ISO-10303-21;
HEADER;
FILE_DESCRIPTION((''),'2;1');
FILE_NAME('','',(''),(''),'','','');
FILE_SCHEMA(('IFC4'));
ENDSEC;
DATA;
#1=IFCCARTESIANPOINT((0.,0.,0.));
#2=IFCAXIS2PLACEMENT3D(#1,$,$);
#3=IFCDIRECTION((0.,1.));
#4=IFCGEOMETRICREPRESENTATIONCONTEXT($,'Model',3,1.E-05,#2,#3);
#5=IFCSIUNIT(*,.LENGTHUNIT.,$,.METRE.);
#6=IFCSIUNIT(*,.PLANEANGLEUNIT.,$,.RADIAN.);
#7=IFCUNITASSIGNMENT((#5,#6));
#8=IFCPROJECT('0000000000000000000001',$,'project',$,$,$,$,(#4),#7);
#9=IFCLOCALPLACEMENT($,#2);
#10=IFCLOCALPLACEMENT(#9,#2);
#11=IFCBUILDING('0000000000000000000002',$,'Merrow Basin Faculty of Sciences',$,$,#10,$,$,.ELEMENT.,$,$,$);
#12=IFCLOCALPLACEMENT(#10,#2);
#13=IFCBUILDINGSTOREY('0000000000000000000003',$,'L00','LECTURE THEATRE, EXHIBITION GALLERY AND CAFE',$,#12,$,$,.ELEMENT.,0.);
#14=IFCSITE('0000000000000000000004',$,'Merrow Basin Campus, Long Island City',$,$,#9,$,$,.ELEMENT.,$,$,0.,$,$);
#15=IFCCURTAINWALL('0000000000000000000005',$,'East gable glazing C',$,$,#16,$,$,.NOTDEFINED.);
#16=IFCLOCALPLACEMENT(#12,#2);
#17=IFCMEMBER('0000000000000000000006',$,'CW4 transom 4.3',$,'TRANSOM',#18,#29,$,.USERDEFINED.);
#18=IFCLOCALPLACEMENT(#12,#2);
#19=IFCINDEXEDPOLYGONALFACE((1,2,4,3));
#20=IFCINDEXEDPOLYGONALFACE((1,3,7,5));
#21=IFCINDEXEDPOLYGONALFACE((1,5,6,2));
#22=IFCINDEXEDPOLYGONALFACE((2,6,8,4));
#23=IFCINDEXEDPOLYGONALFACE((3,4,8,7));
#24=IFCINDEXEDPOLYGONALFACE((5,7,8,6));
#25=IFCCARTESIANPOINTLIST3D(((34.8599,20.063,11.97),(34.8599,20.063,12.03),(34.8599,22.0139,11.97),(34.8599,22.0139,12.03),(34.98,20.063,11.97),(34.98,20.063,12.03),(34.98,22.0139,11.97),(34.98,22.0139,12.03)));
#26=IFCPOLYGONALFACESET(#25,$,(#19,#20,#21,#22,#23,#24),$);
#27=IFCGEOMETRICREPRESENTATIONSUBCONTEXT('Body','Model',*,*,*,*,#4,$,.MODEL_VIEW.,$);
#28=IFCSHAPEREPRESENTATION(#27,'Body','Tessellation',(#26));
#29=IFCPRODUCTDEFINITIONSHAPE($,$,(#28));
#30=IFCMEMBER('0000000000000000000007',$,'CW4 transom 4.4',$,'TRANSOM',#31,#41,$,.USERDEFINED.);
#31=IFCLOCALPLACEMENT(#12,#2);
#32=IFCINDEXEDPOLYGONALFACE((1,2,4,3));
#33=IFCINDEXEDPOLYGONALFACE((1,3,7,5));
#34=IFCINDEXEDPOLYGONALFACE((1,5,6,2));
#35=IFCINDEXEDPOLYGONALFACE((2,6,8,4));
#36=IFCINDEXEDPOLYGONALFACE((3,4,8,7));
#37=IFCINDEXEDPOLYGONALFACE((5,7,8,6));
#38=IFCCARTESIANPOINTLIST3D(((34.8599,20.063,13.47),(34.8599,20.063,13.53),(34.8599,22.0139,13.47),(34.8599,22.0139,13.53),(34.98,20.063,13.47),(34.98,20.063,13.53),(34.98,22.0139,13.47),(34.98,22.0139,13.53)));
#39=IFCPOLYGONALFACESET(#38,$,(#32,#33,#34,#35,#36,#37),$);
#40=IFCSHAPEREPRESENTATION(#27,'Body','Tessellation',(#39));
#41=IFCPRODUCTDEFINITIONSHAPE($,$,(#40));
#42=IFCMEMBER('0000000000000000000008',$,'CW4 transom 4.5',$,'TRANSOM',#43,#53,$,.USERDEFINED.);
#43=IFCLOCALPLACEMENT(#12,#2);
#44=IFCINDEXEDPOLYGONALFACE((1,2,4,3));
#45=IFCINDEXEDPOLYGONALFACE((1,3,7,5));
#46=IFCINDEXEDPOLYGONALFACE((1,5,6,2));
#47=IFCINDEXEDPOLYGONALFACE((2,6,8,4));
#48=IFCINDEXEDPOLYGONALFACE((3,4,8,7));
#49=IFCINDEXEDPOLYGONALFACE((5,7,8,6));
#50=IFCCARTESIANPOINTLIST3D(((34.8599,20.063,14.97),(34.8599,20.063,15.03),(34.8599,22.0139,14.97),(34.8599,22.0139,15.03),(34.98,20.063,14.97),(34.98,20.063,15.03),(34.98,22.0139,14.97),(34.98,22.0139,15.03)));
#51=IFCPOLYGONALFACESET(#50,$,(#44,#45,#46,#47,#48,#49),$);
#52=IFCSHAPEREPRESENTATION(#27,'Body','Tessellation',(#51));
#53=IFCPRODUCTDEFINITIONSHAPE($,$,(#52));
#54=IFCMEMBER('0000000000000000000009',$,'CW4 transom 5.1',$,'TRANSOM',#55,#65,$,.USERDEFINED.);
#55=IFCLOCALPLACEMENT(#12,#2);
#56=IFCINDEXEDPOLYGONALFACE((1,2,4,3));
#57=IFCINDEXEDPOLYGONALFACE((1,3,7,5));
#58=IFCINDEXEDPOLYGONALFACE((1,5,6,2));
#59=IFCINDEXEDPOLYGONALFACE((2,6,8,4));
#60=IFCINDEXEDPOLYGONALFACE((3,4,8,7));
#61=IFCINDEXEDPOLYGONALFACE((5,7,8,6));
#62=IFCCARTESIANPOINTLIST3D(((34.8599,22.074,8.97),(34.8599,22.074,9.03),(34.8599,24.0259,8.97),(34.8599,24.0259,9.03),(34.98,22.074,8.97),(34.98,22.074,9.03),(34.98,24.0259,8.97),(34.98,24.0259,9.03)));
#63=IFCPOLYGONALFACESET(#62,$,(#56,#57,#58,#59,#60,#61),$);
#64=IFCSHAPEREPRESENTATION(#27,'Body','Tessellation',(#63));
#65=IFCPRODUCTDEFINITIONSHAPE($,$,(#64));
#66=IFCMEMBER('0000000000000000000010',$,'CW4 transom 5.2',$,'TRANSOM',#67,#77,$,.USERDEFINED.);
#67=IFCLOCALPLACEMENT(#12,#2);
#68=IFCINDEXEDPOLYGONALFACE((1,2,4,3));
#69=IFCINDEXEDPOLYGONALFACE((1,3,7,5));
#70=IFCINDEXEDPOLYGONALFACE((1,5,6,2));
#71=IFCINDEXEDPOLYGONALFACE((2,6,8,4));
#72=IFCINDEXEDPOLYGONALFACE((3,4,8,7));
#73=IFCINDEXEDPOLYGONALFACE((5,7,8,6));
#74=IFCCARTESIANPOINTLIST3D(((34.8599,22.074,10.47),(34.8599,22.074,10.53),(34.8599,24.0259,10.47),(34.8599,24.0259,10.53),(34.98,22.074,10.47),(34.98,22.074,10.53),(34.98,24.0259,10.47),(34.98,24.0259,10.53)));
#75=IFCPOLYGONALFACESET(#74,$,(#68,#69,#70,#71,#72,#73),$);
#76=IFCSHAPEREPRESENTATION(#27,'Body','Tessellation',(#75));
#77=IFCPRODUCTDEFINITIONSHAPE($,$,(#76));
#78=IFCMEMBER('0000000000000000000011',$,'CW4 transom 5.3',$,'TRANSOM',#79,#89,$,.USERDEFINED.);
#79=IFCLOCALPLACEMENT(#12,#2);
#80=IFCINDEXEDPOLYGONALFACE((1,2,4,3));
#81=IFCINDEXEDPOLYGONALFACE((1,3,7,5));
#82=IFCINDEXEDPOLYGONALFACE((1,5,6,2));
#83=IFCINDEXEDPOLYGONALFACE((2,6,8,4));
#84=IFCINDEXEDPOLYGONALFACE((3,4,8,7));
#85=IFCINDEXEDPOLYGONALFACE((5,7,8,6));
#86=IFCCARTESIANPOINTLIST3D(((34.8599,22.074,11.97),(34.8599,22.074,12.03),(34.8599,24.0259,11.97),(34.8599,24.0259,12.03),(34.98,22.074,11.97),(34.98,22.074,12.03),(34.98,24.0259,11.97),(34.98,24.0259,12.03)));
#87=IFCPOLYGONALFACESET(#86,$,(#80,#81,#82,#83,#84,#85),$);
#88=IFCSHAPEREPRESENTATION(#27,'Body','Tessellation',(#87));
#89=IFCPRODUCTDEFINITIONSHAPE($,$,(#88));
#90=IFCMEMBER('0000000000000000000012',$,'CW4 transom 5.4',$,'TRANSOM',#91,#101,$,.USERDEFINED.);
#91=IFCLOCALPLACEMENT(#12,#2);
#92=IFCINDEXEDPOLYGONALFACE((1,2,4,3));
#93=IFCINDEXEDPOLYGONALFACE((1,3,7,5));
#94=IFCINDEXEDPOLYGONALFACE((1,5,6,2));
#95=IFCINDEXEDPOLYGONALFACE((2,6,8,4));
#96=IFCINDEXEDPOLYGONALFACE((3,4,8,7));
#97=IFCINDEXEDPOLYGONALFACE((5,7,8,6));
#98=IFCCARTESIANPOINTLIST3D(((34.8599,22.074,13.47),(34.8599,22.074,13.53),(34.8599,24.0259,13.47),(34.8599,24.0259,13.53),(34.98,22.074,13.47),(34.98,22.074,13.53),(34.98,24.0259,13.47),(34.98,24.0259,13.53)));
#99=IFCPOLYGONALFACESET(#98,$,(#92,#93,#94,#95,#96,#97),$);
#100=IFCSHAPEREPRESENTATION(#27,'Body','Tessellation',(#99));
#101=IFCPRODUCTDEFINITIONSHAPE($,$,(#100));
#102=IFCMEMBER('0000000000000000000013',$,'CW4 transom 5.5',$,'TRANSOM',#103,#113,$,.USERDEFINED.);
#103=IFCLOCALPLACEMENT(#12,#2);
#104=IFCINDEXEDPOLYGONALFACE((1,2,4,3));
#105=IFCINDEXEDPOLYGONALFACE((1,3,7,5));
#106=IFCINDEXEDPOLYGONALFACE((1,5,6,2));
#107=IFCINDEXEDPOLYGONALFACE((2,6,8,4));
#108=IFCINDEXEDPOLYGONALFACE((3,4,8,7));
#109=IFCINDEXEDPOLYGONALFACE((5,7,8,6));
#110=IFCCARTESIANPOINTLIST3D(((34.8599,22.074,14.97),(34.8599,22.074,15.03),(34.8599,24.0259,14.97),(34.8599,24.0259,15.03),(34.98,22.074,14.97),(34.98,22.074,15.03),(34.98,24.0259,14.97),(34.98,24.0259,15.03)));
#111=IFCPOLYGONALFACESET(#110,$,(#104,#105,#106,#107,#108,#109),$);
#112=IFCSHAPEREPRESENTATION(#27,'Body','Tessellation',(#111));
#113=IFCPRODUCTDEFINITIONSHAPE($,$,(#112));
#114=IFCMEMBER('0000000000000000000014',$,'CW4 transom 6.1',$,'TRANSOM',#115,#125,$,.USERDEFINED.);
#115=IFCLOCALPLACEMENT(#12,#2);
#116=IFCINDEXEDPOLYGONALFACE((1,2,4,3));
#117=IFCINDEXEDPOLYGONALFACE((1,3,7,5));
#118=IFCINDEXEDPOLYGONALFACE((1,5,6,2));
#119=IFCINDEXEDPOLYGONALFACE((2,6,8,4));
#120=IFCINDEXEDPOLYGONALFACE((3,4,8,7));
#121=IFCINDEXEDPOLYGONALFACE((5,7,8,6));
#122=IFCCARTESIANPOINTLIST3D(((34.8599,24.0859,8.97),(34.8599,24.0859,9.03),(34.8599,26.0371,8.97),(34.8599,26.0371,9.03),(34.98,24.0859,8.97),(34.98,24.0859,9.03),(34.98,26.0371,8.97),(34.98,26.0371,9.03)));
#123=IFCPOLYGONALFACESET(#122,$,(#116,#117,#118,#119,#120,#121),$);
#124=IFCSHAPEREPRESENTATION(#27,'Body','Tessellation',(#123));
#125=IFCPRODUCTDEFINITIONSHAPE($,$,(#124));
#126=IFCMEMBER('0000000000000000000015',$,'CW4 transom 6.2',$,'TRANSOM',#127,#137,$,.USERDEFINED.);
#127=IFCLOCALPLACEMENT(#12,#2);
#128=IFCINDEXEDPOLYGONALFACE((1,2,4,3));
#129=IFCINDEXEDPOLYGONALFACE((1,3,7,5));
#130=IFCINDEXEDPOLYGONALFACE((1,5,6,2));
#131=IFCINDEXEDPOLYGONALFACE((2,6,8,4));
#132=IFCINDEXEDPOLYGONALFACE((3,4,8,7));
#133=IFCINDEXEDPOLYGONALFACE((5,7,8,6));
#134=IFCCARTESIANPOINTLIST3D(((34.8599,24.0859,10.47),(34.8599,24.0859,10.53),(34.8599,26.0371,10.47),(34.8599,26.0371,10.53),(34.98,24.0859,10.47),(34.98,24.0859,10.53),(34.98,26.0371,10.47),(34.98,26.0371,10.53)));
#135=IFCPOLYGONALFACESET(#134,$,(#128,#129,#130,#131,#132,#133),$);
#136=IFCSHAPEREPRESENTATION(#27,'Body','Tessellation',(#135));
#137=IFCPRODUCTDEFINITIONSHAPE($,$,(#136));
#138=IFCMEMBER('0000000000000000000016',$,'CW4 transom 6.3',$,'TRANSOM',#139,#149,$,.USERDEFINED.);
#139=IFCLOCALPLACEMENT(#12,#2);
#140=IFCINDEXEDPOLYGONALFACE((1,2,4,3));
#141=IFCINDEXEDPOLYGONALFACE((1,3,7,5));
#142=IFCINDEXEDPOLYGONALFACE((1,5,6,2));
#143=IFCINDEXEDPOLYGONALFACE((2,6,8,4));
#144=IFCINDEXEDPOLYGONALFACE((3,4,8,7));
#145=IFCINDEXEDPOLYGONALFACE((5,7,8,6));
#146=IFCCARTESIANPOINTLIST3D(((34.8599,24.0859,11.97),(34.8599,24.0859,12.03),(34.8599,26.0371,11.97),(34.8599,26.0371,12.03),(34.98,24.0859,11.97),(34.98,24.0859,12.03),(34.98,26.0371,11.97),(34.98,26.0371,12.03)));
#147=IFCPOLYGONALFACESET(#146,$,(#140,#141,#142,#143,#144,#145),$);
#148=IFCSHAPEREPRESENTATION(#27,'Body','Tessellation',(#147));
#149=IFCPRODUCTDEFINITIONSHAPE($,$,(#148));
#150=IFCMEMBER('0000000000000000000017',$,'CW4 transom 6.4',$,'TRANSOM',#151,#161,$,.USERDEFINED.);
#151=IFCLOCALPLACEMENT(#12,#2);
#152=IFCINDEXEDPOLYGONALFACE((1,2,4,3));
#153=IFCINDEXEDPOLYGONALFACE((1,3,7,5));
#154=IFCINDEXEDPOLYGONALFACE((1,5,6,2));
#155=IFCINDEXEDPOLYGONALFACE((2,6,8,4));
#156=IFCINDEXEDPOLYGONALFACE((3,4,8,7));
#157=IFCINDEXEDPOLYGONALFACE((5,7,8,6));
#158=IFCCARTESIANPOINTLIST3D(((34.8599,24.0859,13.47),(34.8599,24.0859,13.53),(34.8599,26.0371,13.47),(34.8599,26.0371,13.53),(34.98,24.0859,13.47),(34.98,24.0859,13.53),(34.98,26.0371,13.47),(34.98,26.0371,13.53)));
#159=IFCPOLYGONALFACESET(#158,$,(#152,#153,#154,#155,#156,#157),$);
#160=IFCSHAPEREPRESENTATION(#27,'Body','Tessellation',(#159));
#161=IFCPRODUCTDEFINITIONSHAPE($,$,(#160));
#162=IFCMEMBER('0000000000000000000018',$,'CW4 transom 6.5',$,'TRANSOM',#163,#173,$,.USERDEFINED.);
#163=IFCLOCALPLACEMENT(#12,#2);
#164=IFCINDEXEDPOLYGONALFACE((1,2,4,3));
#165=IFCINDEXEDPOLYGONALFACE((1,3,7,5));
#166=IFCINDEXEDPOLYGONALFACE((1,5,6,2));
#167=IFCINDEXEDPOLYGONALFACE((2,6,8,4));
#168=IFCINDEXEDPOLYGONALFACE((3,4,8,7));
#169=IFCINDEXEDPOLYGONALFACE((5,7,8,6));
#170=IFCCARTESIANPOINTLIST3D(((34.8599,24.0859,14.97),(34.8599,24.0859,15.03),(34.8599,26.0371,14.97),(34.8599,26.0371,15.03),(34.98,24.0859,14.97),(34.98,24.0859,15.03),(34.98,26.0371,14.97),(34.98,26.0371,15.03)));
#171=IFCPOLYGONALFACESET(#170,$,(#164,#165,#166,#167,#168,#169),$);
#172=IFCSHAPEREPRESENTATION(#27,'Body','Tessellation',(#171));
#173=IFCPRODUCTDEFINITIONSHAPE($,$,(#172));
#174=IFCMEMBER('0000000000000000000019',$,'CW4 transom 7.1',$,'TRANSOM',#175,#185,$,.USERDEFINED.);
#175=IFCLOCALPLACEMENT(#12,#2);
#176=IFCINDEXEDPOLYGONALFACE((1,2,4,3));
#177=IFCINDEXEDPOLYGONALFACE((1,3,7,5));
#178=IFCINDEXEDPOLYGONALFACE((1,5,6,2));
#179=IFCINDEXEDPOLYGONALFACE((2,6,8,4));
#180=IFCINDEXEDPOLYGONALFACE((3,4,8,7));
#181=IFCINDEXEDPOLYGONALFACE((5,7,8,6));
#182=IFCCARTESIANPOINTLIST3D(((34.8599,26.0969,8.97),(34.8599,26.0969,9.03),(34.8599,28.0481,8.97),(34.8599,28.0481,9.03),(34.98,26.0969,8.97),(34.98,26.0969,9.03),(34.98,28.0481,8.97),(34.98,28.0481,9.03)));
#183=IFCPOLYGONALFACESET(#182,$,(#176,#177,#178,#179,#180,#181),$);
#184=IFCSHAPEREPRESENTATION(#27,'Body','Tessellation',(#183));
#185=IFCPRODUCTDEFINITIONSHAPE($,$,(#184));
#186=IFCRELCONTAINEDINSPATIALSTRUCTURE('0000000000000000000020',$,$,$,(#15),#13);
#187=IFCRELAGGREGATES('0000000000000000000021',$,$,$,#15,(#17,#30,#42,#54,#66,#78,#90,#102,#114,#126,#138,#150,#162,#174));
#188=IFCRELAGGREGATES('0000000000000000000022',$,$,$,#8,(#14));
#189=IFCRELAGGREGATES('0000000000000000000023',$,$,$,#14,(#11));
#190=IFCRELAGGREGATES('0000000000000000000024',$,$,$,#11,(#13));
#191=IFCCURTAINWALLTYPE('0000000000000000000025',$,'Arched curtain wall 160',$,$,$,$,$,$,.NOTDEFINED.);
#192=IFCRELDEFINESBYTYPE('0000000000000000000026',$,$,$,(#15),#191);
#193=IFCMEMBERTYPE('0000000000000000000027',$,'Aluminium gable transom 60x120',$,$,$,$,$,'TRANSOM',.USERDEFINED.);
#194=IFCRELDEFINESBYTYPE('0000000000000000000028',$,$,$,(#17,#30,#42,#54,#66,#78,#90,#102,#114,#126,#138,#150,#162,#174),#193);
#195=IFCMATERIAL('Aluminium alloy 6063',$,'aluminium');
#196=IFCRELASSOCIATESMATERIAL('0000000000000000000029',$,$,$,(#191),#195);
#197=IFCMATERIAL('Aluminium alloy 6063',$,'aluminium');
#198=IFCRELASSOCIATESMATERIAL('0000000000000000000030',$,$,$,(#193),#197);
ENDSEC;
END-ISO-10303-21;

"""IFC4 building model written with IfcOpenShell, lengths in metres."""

from ifc_helpers import new_model, si_unit, direction, frame, origin, origin_2d, place, context, subcontext, project, spatial, rectangle, extrude, material, material_profile, profile_set, type_object, element, aggregate, save


model = new_model("IFC4")

# Units and contexts
model_context = context("Model", 3, precision=1e-05, world=origin(), true_north=direction((0.0, 1.0)))
body_context = subcontext(model_context, "Body", "Model", "MODEL_VIEW")
ifc_project = project(units=[si_unit("LENGTHUNIT", "METRE"), si_unit("PLANEANGLEUNIT", "RADIAN")], contexts=[model_context])

# Site, building, storey
site_placement = place(None, origin())
site = spatial("IfcSite", under=ifc_project, at=site_placement, Name="Merrow Basin Campus, Long Island City", CompositionType="ELEMENT", RefElevation=0.0)
building_placement = place(site_placement, origin())
building = spatial("IfcBuilding", under=site, at=building_placement, Name="Merrow Basin Faculty of Sciences", CompositionType="ELEMENT")
storey_placement = place(building_placement, origin())
storey = spatial("IfcBuildingStorey", under=building, at=storey_placement, Name="L00", Description="LECTURE THEATRE, EXHIBITION GALLERY AND CAFE", CompositionType="ELEMENT", Elevation=0.0)

# Curtain wall, members
ifc_material_1 = material(Name="Aluminium alloy 6063", Category="aluminium")
curtain_wall_type = type_object("IfcCurtainWallType", Name="Arched curtain wall 160", PredefinedType="NOTDEFINED", material=ifc_material_1)
curtain_wall_placement = place(storey_placement, origin())
curtain_wall = element("IfcCurtainWall", 1, at=curtain_wall_placement, inside=storey, type_object=curtain_wall_type, Name="East gable glazing C", PredefinedType="NOTDEFINED")
ifc_material_2 = material(Name="Aluminium alloy 6063", Category="aluminium")
ifc_material_profile_1 = material_profile(ifc_material_2, rectangle(XDim=0.1201, YDim=0.0601, at=origin_2d()))
ifc_profile_set_1 = profile_set([ifc_material_profile_1], Name="Aluminium alloy 6063")
member_type_1 = type_object("IfcMemberType", Name="Aluminium gable transom 60x120", ElementType="TRANSOM", PredefinedType="USERDEFINED", material=ifc_profile_set_1)
member_1_placement = place(storey_placement, frame((34.9199, 20.063, 12.0), z_axis=(0.0, 1.0, 0.0), x_axis=(-1.0, 0.0, 0.0)))
member_1 = element("IfcMember", 2, at=member_1_placement, type_object=member_type_1, Name="CW4 transom 4.3", ObjectType="TRANSOM", PredefinedType="USERDEFINED", context=body_context, shape_type="SweptSolid", body=[
    extrude(rectangle(XDim=0.1201, YDim=0.0601, at=origin_2d()), origin(), (0.0, 0.0, 1.0), 1.9509),
])
member_2_placement = place(storey_placement, frame((34.9199, 20.063, 13.5), z_axis=(0.0, 1.0, 0.0), x_axis=(-1.0, 0.0, 0.0)))
member_2 = element("IfcMember", 3, at=member_2_placement, type_object=member_type_1, Name="CW4 transom 4.4", ObjectType="TRANSOM", PredefinedType="USERDEFINED", context=body_context, shape_type="SweptSolid", body=[
    extrude(rectangle(XDim=0.1201, YDim=0.0601, at=origin_2d()), origin(), (0.0, 0.0, 1.0), 1.9509),
])
member_3_placement = place(storey_placement, frame((34.9199, 20.063, 15.0), z_axis=(0.0, 1.0, 0.0), x_axis=(-1.0, 0.0, 0.0)))
member_3 = element("IfcMember", 4, at=member_3_placement, type_object=member_type_1, Name="CW4 transom 4.5", ObjectType="TRANSOM", PredefinedType="USERDEFINED", context=body_context, shape_type="SweptSolid", body=[
    extrude(rectangle(XDim=0.1201, YDim=0.0601, at=origin_2d()), origin(), (0.0, 0.0, 1.0), 1.9509),
])
member_4_placement = place(storey_placement, frame((34.9199, 22.074, 9.0), z_axis=(0.0, 1.0, 0.0), x_axis=(-1.0, 0.0, 0.0)))
member_4 = element("IfcMember", 5, at=member_4_placement, type_object=member_type_1, Name="CW4 transom 5.1", ObjectType="TRANSOM", PredefinedType="USERDEFINED", context=body_context, shape_type="SweptSolid", body=[
    extrude(rectangle(XDim=0.1201, YDim=0.0601, at=origin_2d()), origin(), (0.0, 0.0, 1.0), 1.9519),
])
member_5_placement = place(storey_placement, frame((34.9199, 22.074, 10.5), z_axis=(0.0, 1.0, 0.0), x_axis=(-1.0, 0.0, 0.0)))
member_5 = element("IfcMember", 6, at=member_5_placement, type_object=member_type_1, Name="CW4 transom 5.2", ObjectType="TRANSOM", PredefinedType="USERDEFINED", context=body_context, shape_type="SweptSolid", body=[
    extrude(rectangle(XDim=0.1201, YDim=0.0601, at=origin_2d()), origin(), (0.0, 0.0, 1.0), 1.9519),
])
member_6_placement = place(storey_placement, frame((34.9199, 22.074, 12.0), z_axis=(0.0, 1.0, 0.0), x_axis=(-1.0, 0.0, 0.0)))
member_6 = element("IfcMember", 7, at=member_6_placement, type_object=member_type_1, Name="CW4 transom 5.3", ObjectType="TRANSOM", PredefinedType="USERDEFINED", context=body_context, shape_type="SweptSolid", body=[
    extrude(rectangle(XDim=0.1201, YDim=0.0601, at=origin_2d()), origin(), (0.0, 0.0, 1.0), 1.9519),
])
member_7_placement = place(storey_placement, frame((34.9199, 22.074, 13.5), z_axis=(0.0, 1.0, 0.0), x_axis=(-1.0, 0.0, 0.0)))
member_7 = element("IfcMember", 8, at=member_7_placement, type_object=member_type_1, Name="CW4 transom 5.4", ObjectType="TRANSOM", PredefinedType="USERDEFINED", context=body_context, shape_type="SweptSolid", body=[
    extrude(rectangle(XDim=0.1201, YDim=0.0601, at=origin_2d()), origin(), (0.0, 0.0, 1.0), 1.9519),
])
member_8_placement = place(storey_placement, frame((34.9199, 22.074, 15.0), z_axis=(0.0, 1.0, 0.0), x_axis=(-1.0, 0.0, 0.0)))
member_8 = element("IfcMember", 9, at=member_8_placement, type_object=member_type_1, Name="CW4 transom 5.5", ObjectType="TRANSOM", PredefinedType="USERDEFINED", context=body_context, shape_type="SweptSolid", body=[
    extrude(rectangle(XDim=0.1201, YDim=0.0601, at=origin_2d()), origin(), (0.0, 0.0, 1.0), 1.9519),
])
member_9_placement = place(storey_placement, frame((34.9199, 24.0859, 9.0), z_axis=(0.0, 1.0, 0.0), x_axis=(-1.0, 0.0, 0.0)))
member_9 = element("IfcMember", 10, at=member_9_placement, type_object=member_type_1, Name="CW4 transom 6.1", ObjectType="TRANSOM", PredefinedType="USERDEFINED", context=body_context, shape_type="SweptSolid", body=[
    extrude(rectangle(XDim=0.1201, YDim=0.0601, at=origin_2d()), origin(), (0.0, 0.0, 1.0), 1.9512),
])
member_10_placement = place(storey_placement, frame((34.9199, 24.0859, 10.5), z_axis=(0.0, 1.0, 0.0), x_axis=(-1.0, 0.0, 0.0)))
member_10 = element("IfcMember", 11, at=member_10_placement, type_object=member_type_1, Name="CW4 transom 6.2", ObjectType="TRANSOM", PredefinedType="USERDEFINED", context=body_context, shape_type="SweptSolid", body=[
    extrude(rectangle(XDim=0.1201, YDim=0.0601, at=origin_2d()), origin(), (0.0, 0.0, 1.0), 1.9512),
])
member_11_placement = place(storey_placement, frame((34.9199, 24.0859, 12.0), z_axis=(0.0, 1.0, 0.0), x_axis=(-1.0, 0.0, 0.0)))
member_11 = element("IfcMember", 12, at=member_11_placement, type_object=member_type_1, Name="CW4 transom 6.3", ObjectType="TRANSOM", PredefinedType="USERDEFINED", context=body_context, shape_type="SweptSolid", body=[
    extrude(rectangle(XDim=0.1201, YDim=0.0601, at=origin_2d()), origin(), (0.0, 0.0, 1.0), 1.9512),
])
member_12_placement = place(storey_placement, frame((34.9199, 24.0859, 13.5), z_axis=(0.0, 1.0, 0.0), x_axis=(-1.0, 0.0, 0.0)))
member_12 = element("IfcMember", 13, at=member_12_placement, type_object=member_type_1, Name="CW4 transom 6.4", ObjectType="TRANSOM", PredefinedType="USERDEFINED", context=body_context, shape_type="SweptSolid", body=[
    extrude(rectangle(XDim=0.1201, YDim=0.0601, at=origin_2d()), origin(), (0.0, 0.0, 1.0), 1.9512),
])
member_13_placement = place(storey_placement, frame((34.9199, 24.0859, 15.0), z_axis=(0.0, 1.0, 0.0), x_axis=(-1.0, 0.0, 0.0)))
member_13 = element("IfcMember", 14, at=member_13_placement, type_object=member_type_1, Name="CW4 transom 6.5", ObjectType="TRANSOM", PredefinedType="USERDEFINED", context=body_context, shape_type="SweptSolid", body=[
    extrude(rectangle(XDim=0.1201, YDim=0.0601, at=origin_2d()), origin(), (0.0, 0.0, 1.0), 1.9512),
])
member_14_placement = place(storey_placement, frame((34.9199, 26.0969, 9.0), z_axis=(0.0, 1.0, 0.0), x_axis=(-1.0, 0.0, 0.0)))
member_14 = element("IfcMember", 15, at=member_14_placement, type_object=member_type_1, Name="CW4 transom 7.1", ObjectType="TRANSOM", PredefinedType="USERDEFINED", context=body_context, shape_type="SweptSolid", body=[
    extrude(rectangle(XDim=0.1201, YDim=0.0601, at=origin_2d()), origin(), (0.0, 0.0, 1.0), 1.9512),
])
aggregate(curtain_wall, [member_1, member_2, member_3, member_4, member_5, member_6, member_7, member_8, member_9, member_10, member_11, member_12, member_13, member_14])

save(model, "model.ifc")
